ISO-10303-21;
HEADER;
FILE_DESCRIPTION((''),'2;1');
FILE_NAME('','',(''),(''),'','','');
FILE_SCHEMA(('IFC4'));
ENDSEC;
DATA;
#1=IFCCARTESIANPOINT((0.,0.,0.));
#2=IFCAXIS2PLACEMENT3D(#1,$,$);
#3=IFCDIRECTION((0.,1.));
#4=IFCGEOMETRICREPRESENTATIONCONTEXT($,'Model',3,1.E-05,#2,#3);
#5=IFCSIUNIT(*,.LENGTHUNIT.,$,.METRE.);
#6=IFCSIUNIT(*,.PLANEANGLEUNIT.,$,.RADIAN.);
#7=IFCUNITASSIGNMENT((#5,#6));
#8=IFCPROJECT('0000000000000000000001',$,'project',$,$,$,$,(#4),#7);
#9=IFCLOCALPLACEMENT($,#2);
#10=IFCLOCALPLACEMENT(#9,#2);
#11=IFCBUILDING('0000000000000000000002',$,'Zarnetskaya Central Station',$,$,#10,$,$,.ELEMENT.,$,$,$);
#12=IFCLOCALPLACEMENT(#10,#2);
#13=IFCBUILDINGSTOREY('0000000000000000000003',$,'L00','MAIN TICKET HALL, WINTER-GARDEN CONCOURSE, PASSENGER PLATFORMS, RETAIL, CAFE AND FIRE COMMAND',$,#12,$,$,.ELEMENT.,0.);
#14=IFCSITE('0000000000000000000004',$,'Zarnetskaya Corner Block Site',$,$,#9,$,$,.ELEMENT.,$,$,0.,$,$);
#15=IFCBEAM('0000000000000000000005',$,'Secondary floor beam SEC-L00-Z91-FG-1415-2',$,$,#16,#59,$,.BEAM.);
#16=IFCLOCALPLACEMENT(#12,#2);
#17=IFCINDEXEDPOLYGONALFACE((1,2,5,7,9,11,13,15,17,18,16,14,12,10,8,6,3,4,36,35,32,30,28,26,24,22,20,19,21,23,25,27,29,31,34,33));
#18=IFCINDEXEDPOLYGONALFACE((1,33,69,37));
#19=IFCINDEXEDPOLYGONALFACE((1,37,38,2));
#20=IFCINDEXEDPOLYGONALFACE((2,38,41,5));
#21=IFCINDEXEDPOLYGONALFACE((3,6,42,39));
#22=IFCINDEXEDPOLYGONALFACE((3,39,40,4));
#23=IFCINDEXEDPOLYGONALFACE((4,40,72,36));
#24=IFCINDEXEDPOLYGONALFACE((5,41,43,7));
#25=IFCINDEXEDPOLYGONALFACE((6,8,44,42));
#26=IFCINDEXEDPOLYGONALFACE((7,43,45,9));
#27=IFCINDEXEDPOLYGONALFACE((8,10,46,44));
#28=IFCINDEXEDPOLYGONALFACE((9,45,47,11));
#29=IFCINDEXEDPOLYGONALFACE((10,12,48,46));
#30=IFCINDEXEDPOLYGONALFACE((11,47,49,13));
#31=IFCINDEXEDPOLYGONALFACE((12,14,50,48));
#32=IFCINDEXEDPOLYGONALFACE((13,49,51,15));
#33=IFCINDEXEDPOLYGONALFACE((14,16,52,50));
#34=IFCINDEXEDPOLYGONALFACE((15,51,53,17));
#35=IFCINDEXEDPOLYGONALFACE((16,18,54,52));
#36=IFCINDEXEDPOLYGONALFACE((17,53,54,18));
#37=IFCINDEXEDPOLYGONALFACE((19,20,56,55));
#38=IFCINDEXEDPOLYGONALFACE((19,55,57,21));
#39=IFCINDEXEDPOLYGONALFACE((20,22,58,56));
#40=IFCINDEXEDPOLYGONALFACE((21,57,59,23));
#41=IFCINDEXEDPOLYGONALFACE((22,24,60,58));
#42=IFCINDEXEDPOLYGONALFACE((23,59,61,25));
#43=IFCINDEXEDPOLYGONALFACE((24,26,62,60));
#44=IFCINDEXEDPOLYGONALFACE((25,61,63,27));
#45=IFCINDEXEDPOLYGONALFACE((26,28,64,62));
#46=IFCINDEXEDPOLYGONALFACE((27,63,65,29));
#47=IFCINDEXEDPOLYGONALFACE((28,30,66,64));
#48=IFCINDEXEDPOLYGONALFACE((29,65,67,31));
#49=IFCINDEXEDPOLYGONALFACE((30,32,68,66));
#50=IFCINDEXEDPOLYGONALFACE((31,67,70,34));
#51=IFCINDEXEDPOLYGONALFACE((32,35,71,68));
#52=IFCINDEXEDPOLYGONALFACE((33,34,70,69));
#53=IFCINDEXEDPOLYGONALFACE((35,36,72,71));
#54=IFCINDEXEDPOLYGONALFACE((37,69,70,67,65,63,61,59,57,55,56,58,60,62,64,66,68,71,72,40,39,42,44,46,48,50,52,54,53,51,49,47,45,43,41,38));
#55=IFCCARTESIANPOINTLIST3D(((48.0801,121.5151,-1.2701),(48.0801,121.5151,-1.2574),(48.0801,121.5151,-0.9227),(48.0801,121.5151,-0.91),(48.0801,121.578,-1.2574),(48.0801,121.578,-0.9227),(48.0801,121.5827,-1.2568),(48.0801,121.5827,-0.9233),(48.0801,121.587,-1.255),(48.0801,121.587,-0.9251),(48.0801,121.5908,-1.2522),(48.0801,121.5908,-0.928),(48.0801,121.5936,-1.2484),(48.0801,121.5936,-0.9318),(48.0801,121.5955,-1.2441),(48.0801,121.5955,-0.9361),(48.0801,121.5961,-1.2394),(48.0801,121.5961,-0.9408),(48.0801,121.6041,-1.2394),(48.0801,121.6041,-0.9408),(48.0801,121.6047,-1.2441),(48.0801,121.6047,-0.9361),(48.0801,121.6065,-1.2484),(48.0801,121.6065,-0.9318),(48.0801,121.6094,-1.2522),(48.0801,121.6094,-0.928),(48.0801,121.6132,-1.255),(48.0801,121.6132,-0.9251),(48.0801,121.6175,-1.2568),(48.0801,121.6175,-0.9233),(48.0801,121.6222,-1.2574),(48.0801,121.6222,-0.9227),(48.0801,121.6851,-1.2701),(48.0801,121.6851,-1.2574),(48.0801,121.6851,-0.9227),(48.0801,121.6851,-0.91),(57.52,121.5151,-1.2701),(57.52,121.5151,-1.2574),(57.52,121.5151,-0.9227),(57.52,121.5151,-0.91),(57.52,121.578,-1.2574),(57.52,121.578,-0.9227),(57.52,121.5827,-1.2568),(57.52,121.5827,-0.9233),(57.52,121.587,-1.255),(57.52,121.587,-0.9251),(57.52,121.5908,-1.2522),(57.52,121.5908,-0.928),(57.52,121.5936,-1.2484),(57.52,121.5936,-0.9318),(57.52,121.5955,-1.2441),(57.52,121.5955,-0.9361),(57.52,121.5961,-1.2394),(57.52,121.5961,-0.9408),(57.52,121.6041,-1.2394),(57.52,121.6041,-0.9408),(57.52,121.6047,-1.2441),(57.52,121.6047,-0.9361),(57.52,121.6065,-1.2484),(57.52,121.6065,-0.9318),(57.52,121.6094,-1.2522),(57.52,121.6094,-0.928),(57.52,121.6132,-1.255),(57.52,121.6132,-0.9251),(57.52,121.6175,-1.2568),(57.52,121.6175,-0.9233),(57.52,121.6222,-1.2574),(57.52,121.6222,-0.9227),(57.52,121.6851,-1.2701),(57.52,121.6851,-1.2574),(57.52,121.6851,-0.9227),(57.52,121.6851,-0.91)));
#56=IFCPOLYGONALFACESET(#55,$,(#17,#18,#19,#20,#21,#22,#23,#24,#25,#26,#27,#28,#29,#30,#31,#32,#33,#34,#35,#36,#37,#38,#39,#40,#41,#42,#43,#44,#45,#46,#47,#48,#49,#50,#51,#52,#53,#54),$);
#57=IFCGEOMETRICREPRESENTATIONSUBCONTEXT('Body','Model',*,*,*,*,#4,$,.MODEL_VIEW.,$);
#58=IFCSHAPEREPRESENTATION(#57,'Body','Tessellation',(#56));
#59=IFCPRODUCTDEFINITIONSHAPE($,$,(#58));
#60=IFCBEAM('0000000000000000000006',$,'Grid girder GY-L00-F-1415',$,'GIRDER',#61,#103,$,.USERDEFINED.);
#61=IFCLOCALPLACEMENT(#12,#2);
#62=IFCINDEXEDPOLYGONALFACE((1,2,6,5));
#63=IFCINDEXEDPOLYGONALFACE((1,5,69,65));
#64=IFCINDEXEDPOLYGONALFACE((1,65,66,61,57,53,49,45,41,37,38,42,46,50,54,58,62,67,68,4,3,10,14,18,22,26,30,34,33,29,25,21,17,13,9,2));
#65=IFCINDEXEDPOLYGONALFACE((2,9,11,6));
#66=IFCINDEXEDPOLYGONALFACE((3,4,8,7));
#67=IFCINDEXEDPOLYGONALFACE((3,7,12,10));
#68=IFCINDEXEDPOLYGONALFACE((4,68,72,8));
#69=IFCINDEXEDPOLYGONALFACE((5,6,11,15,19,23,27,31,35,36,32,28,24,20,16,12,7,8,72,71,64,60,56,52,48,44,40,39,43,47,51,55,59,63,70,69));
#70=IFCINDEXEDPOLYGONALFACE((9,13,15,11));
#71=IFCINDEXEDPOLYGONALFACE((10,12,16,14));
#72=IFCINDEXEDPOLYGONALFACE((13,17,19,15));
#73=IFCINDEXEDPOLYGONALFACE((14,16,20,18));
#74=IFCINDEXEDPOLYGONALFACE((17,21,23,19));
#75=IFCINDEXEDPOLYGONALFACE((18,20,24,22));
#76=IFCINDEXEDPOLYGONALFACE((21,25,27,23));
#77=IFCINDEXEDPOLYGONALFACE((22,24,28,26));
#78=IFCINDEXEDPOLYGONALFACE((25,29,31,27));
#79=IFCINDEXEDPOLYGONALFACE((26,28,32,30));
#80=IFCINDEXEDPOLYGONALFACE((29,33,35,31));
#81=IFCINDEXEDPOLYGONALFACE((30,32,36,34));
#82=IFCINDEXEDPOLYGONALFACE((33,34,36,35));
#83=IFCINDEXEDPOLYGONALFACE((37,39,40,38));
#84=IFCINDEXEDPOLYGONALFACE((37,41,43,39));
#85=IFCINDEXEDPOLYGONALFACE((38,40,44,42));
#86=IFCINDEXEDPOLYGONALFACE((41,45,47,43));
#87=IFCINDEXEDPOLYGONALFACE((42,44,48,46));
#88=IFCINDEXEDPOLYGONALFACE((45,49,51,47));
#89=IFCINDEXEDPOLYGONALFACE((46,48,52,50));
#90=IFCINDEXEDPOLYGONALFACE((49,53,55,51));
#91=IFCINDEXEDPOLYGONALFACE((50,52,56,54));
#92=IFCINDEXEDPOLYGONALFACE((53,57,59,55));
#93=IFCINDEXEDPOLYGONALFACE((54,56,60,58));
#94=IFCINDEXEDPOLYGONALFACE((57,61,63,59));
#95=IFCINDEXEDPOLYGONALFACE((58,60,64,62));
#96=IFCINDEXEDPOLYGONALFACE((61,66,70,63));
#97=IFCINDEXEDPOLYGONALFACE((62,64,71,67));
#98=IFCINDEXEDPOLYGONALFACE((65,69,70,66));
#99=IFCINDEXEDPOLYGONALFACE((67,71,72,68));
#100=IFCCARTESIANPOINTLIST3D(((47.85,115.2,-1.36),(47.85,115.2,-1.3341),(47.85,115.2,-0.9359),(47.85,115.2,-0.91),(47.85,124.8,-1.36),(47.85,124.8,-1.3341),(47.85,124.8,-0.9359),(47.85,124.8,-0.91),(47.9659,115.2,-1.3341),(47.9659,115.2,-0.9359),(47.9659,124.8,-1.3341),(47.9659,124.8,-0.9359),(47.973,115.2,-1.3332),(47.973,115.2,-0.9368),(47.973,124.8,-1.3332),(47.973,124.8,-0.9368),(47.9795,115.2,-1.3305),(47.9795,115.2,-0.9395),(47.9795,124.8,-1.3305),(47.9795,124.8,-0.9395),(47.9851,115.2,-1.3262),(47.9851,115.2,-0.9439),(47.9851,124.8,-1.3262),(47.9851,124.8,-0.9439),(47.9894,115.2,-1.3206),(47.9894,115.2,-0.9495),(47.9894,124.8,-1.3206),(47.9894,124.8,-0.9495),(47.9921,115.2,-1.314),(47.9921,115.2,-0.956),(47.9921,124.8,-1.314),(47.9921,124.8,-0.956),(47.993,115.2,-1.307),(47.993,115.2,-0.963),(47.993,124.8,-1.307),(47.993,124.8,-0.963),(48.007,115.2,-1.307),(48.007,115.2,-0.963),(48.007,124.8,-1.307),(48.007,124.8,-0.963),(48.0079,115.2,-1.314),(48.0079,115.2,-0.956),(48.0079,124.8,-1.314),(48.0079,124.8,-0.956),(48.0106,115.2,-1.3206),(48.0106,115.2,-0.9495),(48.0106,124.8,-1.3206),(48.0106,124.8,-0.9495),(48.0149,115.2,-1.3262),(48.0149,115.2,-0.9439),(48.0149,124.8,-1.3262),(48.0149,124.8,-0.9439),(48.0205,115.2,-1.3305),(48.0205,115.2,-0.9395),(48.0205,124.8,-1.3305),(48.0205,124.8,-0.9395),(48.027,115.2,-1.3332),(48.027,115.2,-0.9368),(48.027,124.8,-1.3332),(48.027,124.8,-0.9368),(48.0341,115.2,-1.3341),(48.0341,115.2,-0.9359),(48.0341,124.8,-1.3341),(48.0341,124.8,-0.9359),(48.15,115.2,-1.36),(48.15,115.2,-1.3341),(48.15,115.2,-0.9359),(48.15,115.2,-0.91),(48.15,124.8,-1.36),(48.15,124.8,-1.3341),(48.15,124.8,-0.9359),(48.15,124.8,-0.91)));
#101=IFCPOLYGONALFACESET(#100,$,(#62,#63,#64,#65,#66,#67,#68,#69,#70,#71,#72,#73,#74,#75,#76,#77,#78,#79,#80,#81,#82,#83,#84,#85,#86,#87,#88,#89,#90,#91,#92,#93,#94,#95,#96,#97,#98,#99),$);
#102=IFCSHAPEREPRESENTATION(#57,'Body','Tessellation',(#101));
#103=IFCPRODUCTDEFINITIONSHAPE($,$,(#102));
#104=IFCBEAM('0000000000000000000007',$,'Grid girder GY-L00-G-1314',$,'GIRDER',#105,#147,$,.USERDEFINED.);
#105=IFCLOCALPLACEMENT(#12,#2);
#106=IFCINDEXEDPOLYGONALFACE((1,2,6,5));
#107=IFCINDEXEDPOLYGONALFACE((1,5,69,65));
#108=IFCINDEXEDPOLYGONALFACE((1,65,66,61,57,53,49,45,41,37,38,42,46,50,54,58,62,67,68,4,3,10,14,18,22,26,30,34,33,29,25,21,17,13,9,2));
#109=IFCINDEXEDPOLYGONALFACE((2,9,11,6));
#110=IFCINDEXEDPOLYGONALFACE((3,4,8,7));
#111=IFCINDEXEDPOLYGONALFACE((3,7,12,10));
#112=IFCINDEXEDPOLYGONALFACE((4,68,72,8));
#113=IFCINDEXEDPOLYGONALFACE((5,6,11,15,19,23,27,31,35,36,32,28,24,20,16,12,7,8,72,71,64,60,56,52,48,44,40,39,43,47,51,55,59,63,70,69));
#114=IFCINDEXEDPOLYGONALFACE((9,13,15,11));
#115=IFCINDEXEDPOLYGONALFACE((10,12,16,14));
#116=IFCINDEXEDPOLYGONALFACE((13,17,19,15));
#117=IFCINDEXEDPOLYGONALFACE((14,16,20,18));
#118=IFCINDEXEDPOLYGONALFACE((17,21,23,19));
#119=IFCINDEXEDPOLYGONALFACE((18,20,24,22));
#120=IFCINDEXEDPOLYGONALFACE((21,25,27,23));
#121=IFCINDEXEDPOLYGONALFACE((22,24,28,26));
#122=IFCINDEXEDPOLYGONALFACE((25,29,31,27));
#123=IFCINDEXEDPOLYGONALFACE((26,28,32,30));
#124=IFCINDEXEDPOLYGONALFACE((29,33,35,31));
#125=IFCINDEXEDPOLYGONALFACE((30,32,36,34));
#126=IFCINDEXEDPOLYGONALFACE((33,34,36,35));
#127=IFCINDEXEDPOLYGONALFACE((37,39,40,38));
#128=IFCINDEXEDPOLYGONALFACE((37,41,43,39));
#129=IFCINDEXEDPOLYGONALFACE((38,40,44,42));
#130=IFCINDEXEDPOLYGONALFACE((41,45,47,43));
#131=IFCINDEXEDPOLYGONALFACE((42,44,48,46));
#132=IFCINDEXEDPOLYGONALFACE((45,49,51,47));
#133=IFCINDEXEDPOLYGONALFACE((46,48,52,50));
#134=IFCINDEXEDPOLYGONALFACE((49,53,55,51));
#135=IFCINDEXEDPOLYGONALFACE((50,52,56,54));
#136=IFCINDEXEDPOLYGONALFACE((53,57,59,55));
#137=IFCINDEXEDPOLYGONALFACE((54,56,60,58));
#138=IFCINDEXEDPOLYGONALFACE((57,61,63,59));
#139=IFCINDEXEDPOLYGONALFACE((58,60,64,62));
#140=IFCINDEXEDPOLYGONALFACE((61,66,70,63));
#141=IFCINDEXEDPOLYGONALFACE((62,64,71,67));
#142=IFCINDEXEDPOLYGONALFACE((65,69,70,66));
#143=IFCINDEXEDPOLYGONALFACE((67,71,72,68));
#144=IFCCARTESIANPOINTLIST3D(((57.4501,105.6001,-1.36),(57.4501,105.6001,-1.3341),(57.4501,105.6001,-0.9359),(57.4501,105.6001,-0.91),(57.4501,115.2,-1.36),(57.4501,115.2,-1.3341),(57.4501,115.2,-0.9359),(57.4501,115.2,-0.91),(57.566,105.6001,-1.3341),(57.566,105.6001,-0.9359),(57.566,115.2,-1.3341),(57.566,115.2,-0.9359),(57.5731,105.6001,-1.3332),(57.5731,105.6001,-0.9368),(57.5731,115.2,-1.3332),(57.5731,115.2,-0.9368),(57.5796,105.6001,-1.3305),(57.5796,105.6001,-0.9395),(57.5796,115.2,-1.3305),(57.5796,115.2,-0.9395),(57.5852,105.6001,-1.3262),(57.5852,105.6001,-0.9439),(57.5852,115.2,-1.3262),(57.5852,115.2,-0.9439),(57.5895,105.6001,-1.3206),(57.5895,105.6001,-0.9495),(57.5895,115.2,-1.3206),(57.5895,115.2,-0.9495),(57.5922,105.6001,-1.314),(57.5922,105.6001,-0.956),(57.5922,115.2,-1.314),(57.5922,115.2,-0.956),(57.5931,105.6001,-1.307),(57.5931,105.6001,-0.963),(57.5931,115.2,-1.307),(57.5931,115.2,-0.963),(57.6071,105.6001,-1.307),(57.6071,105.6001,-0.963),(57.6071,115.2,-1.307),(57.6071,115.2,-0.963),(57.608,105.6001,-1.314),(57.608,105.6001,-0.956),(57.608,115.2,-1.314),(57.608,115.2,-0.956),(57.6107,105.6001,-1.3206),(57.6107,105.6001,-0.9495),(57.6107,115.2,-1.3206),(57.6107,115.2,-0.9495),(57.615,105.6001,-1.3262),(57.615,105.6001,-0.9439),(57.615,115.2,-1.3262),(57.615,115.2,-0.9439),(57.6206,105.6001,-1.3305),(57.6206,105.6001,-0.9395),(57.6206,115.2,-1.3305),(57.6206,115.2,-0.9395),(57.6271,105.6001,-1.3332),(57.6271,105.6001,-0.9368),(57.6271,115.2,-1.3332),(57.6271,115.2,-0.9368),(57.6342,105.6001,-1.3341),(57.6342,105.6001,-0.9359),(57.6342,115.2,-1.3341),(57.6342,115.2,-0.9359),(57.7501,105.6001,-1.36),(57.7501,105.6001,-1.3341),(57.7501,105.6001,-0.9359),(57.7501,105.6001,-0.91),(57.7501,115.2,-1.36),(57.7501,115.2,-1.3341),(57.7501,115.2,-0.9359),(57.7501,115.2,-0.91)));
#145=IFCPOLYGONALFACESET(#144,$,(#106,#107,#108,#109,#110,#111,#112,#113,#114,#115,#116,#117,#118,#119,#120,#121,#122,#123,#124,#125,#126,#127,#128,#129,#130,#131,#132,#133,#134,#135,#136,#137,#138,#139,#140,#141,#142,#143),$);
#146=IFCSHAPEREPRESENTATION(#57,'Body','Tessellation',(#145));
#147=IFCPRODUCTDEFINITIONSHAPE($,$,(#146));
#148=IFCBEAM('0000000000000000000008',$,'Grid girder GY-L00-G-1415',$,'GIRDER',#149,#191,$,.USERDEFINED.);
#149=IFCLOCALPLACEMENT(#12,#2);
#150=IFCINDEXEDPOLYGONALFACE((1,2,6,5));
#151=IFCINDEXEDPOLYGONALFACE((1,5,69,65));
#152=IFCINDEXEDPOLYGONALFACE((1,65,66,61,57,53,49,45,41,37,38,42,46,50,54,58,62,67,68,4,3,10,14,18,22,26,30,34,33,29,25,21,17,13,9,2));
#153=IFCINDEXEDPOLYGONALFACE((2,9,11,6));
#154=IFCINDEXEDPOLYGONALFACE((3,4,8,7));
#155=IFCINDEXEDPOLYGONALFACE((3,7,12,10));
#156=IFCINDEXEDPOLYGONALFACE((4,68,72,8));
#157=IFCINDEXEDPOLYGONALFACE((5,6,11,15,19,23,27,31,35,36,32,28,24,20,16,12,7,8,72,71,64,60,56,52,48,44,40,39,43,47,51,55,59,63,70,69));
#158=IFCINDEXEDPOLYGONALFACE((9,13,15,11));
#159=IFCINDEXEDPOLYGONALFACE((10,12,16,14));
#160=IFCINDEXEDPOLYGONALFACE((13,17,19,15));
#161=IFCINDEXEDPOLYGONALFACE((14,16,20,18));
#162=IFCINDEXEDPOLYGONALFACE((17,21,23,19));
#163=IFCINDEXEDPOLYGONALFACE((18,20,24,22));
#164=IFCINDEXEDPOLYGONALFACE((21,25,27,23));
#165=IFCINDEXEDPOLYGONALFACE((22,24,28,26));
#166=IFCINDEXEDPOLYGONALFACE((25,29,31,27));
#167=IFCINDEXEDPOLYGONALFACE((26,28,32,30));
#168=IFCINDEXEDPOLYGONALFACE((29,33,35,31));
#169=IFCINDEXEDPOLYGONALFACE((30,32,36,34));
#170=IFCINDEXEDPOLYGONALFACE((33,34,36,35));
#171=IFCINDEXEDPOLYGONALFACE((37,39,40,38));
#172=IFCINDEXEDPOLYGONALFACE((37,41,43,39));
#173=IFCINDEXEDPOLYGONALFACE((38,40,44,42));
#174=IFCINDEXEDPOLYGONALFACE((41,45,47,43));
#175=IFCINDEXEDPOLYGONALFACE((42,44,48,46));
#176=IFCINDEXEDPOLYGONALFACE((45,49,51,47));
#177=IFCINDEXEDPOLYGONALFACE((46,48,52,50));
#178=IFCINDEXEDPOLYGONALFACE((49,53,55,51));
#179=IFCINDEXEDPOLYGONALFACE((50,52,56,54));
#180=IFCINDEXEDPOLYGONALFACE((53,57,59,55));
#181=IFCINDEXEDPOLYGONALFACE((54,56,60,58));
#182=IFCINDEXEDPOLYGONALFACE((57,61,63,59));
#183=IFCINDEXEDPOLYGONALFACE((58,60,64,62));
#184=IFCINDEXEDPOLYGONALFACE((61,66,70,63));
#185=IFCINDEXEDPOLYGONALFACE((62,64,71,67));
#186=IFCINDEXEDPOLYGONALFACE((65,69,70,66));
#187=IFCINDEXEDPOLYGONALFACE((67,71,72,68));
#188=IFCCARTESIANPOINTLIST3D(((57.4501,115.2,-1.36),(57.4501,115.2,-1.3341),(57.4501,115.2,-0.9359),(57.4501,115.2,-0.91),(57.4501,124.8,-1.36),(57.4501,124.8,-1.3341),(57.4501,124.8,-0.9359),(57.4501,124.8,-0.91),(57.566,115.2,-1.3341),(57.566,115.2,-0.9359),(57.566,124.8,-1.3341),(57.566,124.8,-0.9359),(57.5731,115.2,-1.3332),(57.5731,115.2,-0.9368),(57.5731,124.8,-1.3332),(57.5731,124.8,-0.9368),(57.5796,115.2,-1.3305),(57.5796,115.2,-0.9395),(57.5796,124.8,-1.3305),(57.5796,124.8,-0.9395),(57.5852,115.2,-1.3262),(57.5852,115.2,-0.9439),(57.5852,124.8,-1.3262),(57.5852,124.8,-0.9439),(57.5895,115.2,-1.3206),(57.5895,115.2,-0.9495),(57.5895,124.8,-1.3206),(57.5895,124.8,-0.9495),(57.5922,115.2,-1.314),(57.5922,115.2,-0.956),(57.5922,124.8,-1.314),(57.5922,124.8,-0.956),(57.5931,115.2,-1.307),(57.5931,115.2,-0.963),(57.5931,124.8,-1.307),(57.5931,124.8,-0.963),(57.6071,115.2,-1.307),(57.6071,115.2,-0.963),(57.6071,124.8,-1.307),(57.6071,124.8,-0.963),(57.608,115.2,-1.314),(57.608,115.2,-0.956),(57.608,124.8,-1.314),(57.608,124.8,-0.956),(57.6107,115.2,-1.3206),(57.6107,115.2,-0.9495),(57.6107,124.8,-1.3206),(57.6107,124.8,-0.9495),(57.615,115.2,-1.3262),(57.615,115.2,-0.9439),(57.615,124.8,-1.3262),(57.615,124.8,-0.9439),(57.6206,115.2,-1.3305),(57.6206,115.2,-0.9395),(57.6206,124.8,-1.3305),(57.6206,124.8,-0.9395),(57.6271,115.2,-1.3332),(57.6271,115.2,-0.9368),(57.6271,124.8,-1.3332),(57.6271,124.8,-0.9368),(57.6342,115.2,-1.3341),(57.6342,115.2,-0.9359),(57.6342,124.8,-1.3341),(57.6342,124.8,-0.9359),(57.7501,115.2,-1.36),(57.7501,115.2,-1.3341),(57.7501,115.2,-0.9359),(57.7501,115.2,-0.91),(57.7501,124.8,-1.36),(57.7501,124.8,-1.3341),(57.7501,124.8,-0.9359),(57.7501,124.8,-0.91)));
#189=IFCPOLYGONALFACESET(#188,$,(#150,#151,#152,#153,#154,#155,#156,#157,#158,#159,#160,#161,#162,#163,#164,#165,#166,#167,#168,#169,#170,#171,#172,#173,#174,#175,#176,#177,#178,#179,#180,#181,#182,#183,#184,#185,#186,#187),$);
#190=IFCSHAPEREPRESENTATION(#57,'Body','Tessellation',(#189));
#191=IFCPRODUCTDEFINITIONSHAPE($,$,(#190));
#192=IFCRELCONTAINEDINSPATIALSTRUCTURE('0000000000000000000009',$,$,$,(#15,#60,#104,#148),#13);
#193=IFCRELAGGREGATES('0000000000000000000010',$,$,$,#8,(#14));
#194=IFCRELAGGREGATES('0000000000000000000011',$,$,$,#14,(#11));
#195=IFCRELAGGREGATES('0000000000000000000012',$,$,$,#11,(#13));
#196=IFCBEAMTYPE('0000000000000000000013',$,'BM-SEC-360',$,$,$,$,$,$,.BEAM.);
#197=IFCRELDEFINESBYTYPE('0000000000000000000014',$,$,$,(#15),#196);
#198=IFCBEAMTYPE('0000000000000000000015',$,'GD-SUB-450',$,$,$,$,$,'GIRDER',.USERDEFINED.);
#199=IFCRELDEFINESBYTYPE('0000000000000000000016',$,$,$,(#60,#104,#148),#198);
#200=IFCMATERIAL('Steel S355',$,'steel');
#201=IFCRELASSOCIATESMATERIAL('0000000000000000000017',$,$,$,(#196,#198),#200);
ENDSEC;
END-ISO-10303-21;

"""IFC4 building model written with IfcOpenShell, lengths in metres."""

from ifc_helpers import new_model, si_unit, direction, frame, origin, origin_2d, place, context, subcontext, project, spatial, i_section, extrude, material, material_profile, profile_set, type_object, element, save


model = new_model("IFC4")

# Units and contexts
model_context = context("Model", 3, precision=1e-05, world=origin(), true_north=direction((0.0, 1.0)))
body_context = subcontext(model_context, "Body", "Model", "MODEL_VIEW")
ifc_project = project(units=[si_unit("LENGTHUNIT", "METRE"), si_unit("PLANEANGLEUNIT", "RADIAN")], contexts=[model_context])

# Site, building, storey
site_placement = place(None, origin())
site = spatial("IfcSite", under=ifc_project, at=site_placement, Name="Zarnetskaya Corner Block Site", CompositionType="ELEMENT", RefElevation=0.0)
building_placement = place(site_placement, origin())
building = spatial("IfcBuilding", under=site, at=building_placement, Name="Zarnetskaya Central Station", CompositionType="ELEMENT")
storey_placement = place(building_placement, origin())
storey = spatial("IfcBuildingStorey", under=building, at=storey_placement, Name="L00", Description="MAIN TICKET HALL, WINTER-GARDEN CONCOURSE, PASSENGER PLATFORMS, RETAIL, CAFE AND FIRE COMMAND", CompositionType="ELEMENT", Elevation=0.0)

# Shared definitions
ifc_material_1 = material(Name="Steel S355", Category="steel")

# Beams
ifc_material_profile_1 = material_profile(ifc_material_1, i_section(OverallWidth=0.1699, OverallDepth=0.3601, WebThickness=0.0081, FlangeThickness=0.0127, FilletRadius=0.0181, at=origin_2d()), Name="IPE 360")
ifc_profile_set_1 = profile_set([ifc_material_profile_1], Name="Steel S355")
beam_type_1 = type_object("IfcBeamType", Name="BM-SEC-360", PredefinedType="BEAM", material=ifc_profile_set_1)
for number, where, z_axis, x_axis, name in (
    (1, (48.0801, 121.6001, -1.0901), (1.0, 0.0, 0.0), (0.0, 1.0, 0.0), "Secondary floor beam SEC-L00-Z91-FG-1415-2"),
):
    element("IfcBeam", number, at=place(storey_placement, frame(where, z_axis=z_axis, x_axis=x_axis)), inside=storey, type_object=beam_type_1, Name=name, PredefinedType="BEAM", context=body_context, shape_type="SweptSolid", body=[
        extrude(i_section(OverallWidth=0.1699, OverallDepth=0.3601, WebThickness=0.0081, FlangeThickness=0.0127, FilletRadius=0.0181, at=origin_2d()), origin(), (0.0, 0.0, 1.0), 9.4399),
    ])
ifc_material_profile_2 = material_profile(ifc_material_1, i_section(OverallWidth=0.3, OverallDepth=0.45, WebThickness=0.0139, FlangeThickness=0.0259, FilletRadius=0.0271, at=origin_2d()), Name="HEB 450")
ifc_profile_set_2 = profile_set([ifc_material_profile_2], Name="Steel S355")
beam_type_2 = type_object("IfcBeamType", Name="GD-SUB-450", ElementType="GIRDER", PredefinedType="USERDEFINED", material=ifc_profile_set_2)
beam_1_placement = place(storey_placement, frame((48.0, 115.2, -1.135), z_axis=(0.0, 1.0, 0.0), x_axis=(-1.0, 0.0, 0.0)))
element("IfcBeam", 2, at=beam_1_placement, inside=storey, type_object=beam_type_2, Name="Grid girder GY-L00-F-1415", ObjectType="GIRDER", PredefinedType="USERDEFINED", context=body_context, shape_type="SweptSolid", body=[
    extrude(i_section(OverallWidth=0.3, OverallDepth=0.45, WebThickness=0.0139, FlangeThickness=0.0259, FilletRadius=0.0271, at=origin_2d()), origin(), (0.0, 0.0, 1.0), 9.6001),
])
beam_2_placement = place(storey_placement, frame((57.6001, 105.6001, -1.135), z_axis=(0.0, 1.0, 0.0), x_axis=(-1.0, 0.0, 0.0)))
element("IfcBeam", 3, at=beam_2_placement, inside=storey, type_object=beam_type_2, Name="Grid girder GY-L00-G-1314", ObjectType="GIRDER", PredefinedType="USERDEFINED", context=body_context, shape_type="SweptSolid", body=[
    extrude(i_section(OverallWidth=0.3, OverallDepth=0.45, WebThickness=0.0139, FlangeThickness=0.0259, FilletRadius=0.0271, at=origin_2d()), origin(), (0.0, 0.0, 1.0), 9.5999),
])
beam_3_placement = place(storey_placement, frame((57.6001, 115.2, -1.135), z_axis=(0.0, 1.0, 0.0), x_axis=(-1.0, 0.0, 0.0)))
element("IfcBeam", 4, at=beam_3_placement, inside=storey, type_object=beam_type_2, Name="Grid girder GY-L00-G-1415", ObjectType="GIRDER", PredefinedType="USERDEFINED", context=body_context, shape_type="SweptSolid", body=[
    extrude(i_section(OverallWidth=0.3, OverallDepth=0.45, WebThickness=0.0139, FlangeThickness=0.0259, FilletRadius=0.0271, at=origin_2d()), origin(), (0.0, 0.0, 1.0), 9.6001),
])

save(model, "model.ifc")
